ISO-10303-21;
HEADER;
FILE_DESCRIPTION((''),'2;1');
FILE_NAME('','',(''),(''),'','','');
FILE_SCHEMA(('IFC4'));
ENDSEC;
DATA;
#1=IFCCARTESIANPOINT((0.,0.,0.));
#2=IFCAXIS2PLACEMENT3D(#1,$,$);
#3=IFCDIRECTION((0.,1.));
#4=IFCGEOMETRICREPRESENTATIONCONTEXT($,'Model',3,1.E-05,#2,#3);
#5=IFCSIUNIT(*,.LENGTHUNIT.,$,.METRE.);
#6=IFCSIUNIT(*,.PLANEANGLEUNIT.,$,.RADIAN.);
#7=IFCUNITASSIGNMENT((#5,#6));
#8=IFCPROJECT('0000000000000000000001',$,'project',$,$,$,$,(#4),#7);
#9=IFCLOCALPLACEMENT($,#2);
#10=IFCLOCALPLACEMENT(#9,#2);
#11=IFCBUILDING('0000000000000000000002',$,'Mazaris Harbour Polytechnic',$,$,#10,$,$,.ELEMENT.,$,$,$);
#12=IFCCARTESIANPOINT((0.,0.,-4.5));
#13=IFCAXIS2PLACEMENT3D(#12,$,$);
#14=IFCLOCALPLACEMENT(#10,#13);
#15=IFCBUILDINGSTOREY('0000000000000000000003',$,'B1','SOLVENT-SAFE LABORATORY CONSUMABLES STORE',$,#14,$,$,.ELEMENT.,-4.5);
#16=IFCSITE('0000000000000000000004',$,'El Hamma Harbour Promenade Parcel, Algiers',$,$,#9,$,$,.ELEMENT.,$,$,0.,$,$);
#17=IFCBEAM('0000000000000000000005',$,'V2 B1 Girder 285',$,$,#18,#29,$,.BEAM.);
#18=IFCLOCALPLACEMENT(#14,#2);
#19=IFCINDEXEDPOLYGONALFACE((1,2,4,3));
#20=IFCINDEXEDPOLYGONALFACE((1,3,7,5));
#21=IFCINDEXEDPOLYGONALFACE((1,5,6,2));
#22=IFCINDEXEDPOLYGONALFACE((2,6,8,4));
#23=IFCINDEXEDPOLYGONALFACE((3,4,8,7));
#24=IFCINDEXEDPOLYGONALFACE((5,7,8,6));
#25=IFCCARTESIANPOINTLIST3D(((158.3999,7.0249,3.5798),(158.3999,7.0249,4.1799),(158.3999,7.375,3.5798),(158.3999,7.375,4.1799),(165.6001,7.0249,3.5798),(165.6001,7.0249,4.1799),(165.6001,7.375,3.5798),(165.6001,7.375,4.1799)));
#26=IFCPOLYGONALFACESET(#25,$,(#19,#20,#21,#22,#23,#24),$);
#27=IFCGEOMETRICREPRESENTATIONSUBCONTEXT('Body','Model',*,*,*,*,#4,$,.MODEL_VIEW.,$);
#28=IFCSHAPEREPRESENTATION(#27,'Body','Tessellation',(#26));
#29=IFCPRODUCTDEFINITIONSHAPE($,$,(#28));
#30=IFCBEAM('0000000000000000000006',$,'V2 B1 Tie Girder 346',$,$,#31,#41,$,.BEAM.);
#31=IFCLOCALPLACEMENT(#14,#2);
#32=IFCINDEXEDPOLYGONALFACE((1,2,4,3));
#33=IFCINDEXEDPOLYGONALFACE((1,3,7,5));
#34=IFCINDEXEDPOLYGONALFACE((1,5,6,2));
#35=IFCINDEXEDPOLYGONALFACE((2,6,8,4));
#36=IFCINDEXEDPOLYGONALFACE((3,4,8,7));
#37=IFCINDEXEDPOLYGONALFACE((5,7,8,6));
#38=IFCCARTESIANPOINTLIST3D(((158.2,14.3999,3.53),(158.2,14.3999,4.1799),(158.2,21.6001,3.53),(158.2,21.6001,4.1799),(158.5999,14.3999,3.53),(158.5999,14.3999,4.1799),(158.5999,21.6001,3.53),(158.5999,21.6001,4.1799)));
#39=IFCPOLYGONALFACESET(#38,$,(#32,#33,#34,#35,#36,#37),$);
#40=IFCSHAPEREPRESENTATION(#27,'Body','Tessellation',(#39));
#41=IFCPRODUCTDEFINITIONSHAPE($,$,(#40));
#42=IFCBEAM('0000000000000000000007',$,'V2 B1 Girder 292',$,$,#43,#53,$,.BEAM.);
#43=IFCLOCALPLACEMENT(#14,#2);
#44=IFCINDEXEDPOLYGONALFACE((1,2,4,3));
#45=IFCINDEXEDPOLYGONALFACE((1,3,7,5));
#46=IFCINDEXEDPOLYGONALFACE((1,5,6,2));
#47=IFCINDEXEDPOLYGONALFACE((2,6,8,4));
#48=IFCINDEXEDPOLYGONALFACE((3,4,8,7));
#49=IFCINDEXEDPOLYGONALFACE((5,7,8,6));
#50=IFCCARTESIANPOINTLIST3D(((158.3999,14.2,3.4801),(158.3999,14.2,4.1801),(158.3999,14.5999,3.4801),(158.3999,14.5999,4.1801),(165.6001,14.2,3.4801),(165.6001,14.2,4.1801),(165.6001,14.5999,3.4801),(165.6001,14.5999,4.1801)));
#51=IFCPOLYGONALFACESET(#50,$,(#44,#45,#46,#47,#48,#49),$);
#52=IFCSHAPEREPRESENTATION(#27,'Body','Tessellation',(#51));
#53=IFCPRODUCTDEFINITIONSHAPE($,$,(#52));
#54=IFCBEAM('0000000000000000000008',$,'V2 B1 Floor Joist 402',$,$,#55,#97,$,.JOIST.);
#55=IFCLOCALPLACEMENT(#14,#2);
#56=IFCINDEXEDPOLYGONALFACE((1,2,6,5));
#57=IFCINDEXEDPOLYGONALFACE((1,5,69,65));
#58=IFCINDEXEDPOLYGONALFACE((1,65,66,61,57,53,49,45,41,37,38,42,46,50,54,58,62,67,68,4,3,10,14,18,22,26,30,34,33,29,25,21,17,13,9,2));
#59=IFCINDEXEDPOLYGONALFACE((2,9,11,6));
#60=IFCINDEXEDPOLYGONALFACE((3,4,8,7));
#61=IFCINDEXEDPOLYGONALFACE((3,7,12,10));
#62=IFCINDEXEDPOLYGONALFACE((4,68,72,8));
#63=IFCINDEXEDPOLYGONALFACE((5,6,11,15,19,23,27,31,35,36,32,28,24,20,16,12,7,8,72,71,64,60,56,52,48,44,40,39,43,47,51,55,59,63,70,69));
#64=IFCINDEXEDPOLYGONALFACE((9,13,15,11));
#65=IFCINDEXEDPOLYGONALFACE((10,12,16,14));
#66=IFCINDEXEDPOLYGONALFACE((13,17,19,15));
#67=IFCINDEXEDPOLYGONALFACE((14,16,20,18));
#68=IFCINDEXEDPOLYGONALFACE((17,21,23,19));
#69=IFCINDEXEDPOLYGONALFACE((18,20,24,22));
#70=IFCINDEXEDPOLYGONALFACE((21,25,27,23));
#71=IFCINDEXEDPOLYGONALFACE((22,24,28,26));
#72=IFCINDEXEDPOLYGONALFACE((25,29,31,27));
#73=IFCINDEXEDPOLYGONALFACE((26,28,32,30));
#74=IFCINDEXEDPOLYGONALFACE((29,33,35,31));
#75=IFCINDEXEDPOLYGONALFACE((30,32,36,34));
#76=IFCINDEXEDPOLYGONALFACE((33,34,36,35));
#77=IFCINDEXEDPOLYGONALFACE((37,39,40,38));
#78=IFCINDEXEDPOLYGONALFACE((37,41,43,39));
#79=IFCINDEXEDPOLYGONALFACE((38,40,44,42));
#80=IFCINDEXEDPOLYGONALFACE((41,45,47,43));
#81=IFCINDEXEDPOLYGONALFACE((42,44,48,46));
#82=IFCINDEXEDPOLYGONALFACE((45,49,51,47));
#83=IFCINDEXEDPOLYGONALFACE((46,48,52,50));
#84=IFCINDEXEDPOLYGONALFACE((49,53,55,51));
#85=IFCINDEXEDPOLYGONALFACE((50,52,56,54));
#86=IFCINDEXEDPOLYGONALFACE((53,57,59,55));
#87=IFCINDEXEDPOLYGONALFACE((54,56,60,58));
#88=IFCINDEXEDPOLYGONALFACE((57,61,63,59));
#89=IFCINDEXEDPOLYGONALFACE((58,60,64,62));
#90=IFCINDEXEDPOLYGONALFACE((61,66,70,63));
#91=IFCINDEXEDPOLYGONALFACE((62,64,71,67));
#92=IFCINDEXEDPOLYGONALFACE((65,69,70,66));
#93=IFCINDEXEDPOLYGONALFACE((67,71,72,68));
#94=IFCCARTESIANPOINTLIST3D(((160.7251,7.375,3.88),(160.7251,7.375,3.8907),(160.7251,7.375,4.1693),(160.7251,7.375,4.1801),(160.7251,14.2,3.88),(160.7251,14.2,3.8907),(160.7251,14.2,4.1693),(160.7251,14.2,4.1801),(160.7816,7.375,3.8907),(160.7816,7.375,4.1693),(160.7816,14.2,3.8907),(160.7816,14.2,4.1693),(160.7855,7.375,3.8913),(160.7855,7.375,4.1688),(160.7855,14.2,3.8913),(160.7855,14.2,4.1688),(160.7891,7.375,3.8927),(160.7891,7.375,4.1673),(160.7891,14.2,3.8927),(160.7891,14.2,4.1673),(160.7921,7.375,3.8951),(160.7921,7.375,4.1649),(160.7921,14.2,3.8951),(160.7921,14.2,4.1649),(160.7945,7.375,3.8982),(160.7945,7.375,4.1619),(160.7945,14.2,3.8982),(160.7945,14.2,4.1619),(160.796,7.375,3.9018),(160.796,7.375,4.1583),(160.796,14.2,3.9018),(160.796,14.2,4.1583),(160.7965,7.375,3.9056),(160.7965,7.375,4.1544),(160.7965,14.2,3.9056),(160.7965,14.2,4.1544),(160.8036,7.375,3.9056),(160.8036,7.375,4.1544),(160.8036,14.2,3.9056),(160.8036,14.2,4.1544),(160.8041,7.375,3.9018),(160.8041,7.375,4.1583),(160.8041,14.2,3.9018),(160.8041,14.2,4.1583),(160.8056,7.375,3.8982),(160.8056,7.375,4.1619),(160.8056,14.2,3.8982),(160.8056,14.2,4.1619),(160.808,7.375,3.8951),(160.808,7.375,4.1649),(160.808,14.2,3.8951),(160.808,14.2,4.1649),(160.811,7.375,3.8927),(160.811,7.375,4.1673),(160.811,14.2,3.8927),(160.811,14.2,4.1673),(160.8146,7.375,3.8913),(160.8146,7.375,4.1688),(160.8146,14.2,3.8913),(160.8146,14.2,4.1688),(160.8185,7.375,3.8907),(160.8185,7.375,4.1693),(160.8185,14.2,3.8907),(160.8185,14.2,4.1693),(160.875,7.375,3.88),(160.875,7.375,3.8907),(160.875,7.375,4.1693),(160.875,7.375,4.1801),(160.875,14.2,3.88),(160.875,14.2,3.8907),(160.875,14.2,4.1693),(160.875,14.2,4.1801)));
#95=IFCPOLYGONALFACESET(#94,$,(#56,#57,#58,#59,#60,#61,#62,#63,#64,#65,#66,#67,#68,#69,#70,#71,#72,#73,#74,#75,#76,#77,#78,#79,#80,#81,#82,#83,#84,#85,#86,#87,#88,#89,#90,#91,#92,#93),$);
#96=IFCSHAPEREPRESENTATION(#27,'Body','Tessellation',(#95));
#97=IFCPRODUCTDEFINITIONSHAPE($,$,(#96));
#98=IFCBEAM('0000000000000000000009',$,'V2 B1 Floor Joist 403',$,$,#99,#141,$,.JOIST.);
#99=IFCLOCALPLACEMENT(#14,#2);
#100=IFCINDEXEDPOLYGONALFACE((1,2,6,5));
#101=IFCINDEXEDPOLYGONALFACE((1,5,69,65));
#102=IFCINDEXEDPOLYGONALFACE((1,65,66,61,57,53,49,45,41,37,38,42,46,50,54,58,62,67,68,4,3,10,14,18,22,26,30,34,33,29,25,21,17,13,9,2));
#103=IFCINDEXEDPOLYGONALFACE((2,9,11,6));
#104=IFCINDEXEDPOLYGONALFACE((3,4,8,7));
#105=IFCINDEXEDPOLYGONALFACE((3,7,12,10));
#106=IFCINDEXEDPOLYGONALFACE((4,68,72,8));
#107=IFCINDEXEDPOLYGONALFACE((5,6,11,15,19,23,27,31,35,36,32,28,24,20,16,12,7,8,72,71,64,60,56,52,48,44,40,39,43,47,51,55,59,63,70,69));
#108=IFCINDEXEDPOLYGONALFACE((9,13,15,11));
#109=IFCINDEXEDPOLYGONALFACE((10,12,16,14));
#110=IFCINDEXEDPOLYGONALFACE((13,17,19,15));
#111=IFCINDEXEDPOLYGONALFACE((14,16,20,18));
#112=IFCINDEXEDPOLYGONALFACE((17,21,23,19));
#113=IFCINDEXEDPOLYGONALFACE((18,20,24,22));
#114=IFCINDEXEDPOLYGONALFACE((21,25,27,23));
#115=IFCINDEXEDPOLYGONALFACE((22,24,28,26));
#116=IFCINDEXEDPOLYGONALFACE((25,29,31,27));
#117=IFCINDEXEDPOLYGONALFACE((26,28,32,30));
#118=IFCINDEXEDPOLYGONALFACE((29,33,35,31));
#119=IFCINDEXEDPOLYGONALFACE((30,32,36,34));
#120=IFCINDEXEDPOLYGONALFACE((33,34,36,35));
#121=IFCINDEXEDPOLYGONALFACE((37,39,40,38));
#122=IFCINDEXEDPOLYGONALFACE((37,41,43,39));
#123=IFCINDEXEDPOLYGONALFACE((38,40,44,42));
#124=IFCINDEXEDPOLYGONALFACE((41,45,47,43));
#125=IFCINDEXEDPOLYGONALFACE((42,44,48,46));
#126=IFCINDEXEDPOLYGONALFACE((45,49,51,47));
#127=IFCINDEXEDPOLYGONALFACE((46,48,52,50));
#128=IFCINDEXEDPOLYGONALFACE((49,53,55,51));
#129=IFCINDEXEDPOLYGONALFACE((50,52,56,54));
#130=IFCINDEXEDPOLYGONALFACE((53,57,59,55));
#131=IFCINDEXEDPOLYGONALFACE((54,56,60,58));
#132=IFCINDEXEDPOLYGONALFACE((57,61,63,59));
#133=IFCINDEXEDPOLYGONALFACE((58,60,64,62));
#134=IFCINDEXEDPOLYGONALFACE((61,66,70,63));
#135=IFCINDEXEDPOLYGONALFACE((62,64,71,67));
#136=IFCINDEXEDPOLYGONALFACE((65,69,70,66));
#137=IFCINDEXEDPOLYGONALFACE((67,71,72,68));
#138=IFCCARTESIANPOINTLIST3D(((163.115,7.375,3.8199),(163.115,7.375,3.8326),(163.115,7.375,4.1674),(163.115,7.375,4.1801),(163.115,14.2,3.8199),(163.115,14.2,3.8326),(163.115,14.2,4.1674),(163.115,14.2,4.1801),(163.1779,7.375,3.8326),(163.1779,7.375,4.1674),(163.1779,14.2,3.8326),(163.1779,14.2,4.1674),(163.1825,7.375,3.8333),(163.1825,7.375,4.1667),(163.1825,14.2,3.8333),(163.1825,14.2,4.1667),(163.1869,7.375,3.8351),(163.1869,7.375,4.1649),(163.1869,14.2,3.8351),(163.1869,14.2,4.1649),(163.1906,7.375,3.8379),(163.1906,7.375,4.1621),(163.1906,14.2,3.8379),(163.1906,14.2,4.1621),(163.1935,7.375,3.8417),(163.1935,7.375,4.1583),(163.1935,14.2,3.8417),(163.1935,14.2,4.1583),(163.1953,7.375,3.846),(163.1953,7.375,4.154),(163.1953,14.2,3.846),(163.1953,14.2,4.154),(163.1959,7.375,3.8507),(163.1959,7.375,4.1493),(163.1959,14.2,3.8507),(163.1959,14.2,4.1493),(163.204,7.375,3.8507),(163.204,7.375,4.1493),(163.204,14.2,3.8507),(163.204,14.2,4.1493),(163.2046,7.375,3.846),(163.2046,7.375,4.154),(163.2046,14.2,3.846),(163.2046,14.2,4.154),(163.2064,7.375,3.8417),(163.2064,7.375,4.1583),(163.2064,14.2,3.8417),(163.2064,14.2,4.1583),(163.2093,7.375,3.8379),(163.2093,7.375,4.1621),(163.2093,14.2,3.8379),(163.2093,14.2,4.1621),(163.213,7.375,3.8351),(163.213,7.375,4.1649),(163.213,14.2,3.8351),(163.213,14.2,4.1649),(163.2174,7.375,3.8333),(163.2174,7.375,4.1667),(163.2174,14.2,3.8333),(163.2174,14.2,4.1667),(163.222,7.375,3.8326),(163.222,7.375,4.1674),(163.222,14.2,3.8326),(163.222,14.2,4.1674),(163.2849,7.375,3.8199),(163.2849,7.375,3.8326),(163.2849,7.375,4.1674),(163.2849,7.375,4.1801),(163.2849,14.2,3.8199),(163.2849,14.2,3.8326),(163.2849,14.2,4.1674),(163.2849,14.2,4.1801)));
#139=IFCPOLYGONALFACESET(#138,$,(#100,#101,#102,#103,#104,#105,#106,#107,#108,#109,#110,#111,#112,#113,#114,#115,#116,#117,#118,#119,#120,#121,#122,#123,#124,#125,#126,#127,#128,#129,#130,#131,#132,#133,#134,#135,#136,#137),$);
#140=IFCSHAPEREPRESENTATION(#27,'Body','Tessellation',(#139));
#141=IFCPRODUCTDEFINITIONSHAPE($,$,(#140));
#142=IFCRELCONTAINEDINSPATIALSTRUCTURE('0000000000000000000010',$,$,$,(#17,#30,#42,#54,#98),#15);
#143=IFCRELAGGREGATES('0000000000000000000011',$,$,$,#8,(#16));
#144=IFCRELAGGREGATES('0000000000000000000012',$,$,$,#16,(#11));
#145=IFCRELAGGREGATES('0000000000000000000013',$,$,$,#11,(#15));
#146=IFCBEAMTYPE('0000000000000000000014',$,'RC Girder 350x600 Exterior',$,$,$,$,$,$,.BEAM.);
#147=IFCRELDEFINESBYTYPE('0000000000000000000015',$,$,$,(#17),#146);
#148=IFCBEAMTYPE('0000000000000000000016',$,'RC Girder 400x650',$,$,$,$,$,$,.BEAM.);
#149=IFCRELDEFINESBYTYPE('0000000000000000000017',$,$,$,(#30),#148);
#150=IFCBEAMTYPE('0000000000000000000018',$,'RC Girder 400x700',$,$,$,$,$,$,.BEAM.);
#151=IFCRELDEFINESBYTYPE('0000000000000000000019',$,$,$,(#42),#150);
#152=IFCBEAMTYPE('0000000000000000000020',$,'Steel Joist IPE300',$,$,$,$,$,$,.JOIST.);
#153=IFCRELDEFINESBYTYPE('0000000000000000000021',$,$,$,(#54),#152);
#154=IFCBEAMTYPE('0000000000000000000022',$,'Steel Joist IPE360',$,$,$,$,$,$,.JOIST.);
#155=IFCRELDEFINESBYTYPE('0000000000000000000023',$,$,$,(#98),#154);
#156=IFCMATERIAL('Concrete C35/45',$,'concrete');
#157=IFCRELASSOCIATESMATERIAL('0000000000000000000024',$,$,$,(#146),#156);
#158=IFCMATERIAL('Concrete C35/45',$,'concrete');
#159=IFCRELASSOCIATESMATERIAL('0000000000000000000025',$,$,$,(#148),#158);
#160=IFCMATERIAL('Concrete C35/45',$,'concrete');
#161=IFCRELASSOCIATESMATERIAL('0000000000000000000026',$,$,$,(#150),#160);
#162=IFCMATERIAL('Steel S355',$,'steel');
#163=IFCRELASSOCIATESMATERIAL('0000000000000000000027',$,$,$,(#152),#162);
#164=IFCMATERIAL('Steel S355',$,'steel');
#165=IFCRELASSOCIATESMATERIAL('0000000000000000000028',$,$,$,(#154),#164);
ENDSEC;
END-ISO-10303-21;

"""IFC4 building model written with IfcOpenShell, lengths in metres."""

from ifc_helpers import new_model, si_unit, direction, frame, origin, origin_2d, place, context, subcontext, project, spatial, rectangle, i_section, extrude, material, material_profile, profile_set, type_object, element, save


model = new_model("IFC4")

# Units and contexts
model_context = context("Model", 3, precision=1e-05, world=origin(), true_north=direction((0.0, 1.0)))
body_context = subcontext(model_context, "Body", "Model", "MODEL_VIEW")
ifc_project = project(units=[si_unit("LENGTHUNIT", "METRE"), si_unit("PLANEANGLEUNIT", "RADIAN")], contexts=[model_context])

# Site, building, storey
site_placement = place(None, origin())
site = spatial("IfcSite", under=ifc_project, at=site_placement, Name="El Hamma Harbour Promenade Parcel, Algiers", CompositionType="ELEMENT", RefElevation=0.0)
building_placement = place(site_placement, origin())
building = spatial("IfcBuilding", under=site, at=building_placement, Name="Mazaris Harbour Polytechnic", CompositionType="ELEMENT")
storey_placement = place(building_placement, frame((0.0, 0.0, -4.5)))
storey = spatial("IfcBuildingStorey", under=building, at=storey_placement, Name="B1", Description="SOLVENT-SAFE LABORATORY CONSUMABLES STORE", CompositionType="ELEMENT", Elevation=-4.5)

# Beams
ifc_material_1 = material(Name="Concrete C35/45", Category="concrete")
ifc_material_profile_1 = material_profile(ifc_material_1, rectangle(XDim=0.3501, YDim=0.6001, at=origin_2d()), Name="RECT350x600")
ifc_profile_set_1 = profile_set([ifc_material_profile_1], Name="Concrete C35/45")
beam_type_1 = type_object("IfcBeamType", Name="RC Girder 350x600 Exterior", PredefinedType="BEAM", material=ifc_profile_set_1)
beam_1_placement = place(storey_placement, frame((158.3999, 7.2, 3.8799), z_axis=(1.0, 0.0, 0.0), x_axis=(0.0, 1.0, 0.0)))
element("IfcBeam", 1, at=beam_1_placement, inside=storey, type_object=beam_type_1, Name="V2 B1 Girder 285", PredefinedType="BEAM", context=body_context, shape_type="SweptSolid", body=[
    extrude(rectangle(XDim=0.3501, YDim=0.6001, at=origin_2d()), origin(), (0.0, 0.0, 1.0), 7.2002),
])
ifc_material_2 = material(Name="Concrete C35/45", Category="concrete")
ifc_material_profile_2 = material_profile(ifc_material_2, rectangle(XDim=0.3999, YDim=0.6499, at=origin_2d()), Name="RECT400x650")
ifc_profile_set_2 = profile_set([ifc_material_profile_2], Name="Concrete C35/45")
beam_type_2 = type_object("IfcBeamType", Name="RC Girder 400x650", PredefinedType="BEAM", material=ifc_profile_set_2)
beam_2_placement = place(storey_placement, frame((158.3999, 14.3999, 3.855), z_axis=(0.0, 1.0, 0.0), x_axis=(-1.0, 0.0, 0.0)))
element("IfcBeam", 2, at=beam_2_placement, inside=storey, type_object=beam_type_2, Name="V2 B1 Tie Girder 346", PredefinedType="BEAM", context=body_context, shape_type="SweptSolid", body=[
    extrude(rectangle(XDim=0.3999, YDim=0.6499, at=origin_2d()), origin(), (0.0, 0.0, 1.0), 7.2002),
])
ifc_material_3 = material(Name="Concrete C35/45", Category="concrete")
ifc_material_profile_3 = material_profile(ifc_material_3, rectangle(XDim=0.3999, YDim=0.7, at=origin_2d()), Name="RECT400x700")
ifc_profile_set_3 = profile_set([ifc_material_profile_3], Name="Concrete C35/45")
beam_type_3 = type_object("IfcBeamType", Name="RC Girder 400x700", PredefinedType="BEAM", material=ifc_profile_set_3)
beam_3_placement = place(storey_placement, frame((158.3999, 14.3999, 3.8301), z_axis=(1.0, 0.0, 0.0), x_axis=(0.0, 1.0, 0.0)))
element("IfcBeam", 3, at=beam_3_placement, inside=storey, type_object=beam_type_3, Name="V2 B1 Girder 292", PredefinedType="BEAM", context=body_context, shape_type="SweptSolid", body=[
    extrude(rectangle(XDim=0.3999, YDim=0.7, at=origin_2d()), origin(), (0.0, 0.0, 1.0), 7.2002),
])
ifc_material_4 = material(Name="Steel S355", Category="steel")
ifc_material_profile_4 = material_profile(ifc_material_4, i_section(OverallWidth=0.1499, OverallDepth=0.3, WebThickness=0.0071, FlangeThickness=0.0107, FilletRadius=0.0149, at=origin_2d()), Name="IPE 300")
ifc_profile_set_4 = profile_set([ifc_material_profile_4], Name="Steel S355")
beam_type_4 = type_object("IfcBeamType", Name="Steel Joist IPE300", PredefinedType="JOIST", material=ifc_profile_set_4)
beam_4_placement = place(storey_placement, frame((160.8, 7.375, 4.03), z_axis=(0.0, 1.0, 0.0), x_axis=(-1.0, 0.0, 0.0)))
element("IfcBeam", 4, at=beam_4_placement, inside=storey, type_object=beam_type_4, Name="V2 B1 Floor Joist 402", PredefinedType="JOIST", context=body_context, shape_type="SweptSolid", body=[
    extrude(i_section(OverallWidth=0.1499, OverallDepth=0.3, WebThickness=0.0071, FlangeThickness=0.0107, FilletRadius=0.0149, at=origin_2d()), origin(), (0.0, 0.0, 1.0), 6.825),
])
ifc_material_5 = material(Name="Steel S355", Category="steel")
ifc_material_profile_5 = material_profile(ifc_material_5, i_section(OverallWidth=0.1699, OverallDepth=0.3601, WebThickness=0.0081, FlangeThickness=0.0127, FilletRadius=0.0181, at=origin_2d()), Name="IPE 360")
ifc_profile_set_5 = profile_set([ifc_material_profile_5], Name="Steel S355")
beam_type_5 = type_object("IfcBeamType", Name="Steel Joist IPE360", PredefinedType="JOIST", material=ifc_profile_set_5)
beam_5_placement = place(storey_placement, frame((163.2, 7.375, 4.0), z_axis=(0.0, 1.0, 0.0), x_axis=(-1.0, 0.0, 0.0)))
element("IfcBeam", 5, at=beam_5_placement, inside=storey, type_object=beam_type_5, Name="V2 B1 Floor Joist 403", PredefinedType="JOIST", context=body_context, shape_type="SweptSolid", body=[
    extrude(i_section(OverallWidth=0.1699, OverallDepth=0.3601, WebThickness=0.0081, FlangeThickness=0.0127, FilletRadius=0.0181, at=origin_2d()), origin(), (0.0, 0.0, 1.0), 6.825),
])

save(model, "model.ifc")
